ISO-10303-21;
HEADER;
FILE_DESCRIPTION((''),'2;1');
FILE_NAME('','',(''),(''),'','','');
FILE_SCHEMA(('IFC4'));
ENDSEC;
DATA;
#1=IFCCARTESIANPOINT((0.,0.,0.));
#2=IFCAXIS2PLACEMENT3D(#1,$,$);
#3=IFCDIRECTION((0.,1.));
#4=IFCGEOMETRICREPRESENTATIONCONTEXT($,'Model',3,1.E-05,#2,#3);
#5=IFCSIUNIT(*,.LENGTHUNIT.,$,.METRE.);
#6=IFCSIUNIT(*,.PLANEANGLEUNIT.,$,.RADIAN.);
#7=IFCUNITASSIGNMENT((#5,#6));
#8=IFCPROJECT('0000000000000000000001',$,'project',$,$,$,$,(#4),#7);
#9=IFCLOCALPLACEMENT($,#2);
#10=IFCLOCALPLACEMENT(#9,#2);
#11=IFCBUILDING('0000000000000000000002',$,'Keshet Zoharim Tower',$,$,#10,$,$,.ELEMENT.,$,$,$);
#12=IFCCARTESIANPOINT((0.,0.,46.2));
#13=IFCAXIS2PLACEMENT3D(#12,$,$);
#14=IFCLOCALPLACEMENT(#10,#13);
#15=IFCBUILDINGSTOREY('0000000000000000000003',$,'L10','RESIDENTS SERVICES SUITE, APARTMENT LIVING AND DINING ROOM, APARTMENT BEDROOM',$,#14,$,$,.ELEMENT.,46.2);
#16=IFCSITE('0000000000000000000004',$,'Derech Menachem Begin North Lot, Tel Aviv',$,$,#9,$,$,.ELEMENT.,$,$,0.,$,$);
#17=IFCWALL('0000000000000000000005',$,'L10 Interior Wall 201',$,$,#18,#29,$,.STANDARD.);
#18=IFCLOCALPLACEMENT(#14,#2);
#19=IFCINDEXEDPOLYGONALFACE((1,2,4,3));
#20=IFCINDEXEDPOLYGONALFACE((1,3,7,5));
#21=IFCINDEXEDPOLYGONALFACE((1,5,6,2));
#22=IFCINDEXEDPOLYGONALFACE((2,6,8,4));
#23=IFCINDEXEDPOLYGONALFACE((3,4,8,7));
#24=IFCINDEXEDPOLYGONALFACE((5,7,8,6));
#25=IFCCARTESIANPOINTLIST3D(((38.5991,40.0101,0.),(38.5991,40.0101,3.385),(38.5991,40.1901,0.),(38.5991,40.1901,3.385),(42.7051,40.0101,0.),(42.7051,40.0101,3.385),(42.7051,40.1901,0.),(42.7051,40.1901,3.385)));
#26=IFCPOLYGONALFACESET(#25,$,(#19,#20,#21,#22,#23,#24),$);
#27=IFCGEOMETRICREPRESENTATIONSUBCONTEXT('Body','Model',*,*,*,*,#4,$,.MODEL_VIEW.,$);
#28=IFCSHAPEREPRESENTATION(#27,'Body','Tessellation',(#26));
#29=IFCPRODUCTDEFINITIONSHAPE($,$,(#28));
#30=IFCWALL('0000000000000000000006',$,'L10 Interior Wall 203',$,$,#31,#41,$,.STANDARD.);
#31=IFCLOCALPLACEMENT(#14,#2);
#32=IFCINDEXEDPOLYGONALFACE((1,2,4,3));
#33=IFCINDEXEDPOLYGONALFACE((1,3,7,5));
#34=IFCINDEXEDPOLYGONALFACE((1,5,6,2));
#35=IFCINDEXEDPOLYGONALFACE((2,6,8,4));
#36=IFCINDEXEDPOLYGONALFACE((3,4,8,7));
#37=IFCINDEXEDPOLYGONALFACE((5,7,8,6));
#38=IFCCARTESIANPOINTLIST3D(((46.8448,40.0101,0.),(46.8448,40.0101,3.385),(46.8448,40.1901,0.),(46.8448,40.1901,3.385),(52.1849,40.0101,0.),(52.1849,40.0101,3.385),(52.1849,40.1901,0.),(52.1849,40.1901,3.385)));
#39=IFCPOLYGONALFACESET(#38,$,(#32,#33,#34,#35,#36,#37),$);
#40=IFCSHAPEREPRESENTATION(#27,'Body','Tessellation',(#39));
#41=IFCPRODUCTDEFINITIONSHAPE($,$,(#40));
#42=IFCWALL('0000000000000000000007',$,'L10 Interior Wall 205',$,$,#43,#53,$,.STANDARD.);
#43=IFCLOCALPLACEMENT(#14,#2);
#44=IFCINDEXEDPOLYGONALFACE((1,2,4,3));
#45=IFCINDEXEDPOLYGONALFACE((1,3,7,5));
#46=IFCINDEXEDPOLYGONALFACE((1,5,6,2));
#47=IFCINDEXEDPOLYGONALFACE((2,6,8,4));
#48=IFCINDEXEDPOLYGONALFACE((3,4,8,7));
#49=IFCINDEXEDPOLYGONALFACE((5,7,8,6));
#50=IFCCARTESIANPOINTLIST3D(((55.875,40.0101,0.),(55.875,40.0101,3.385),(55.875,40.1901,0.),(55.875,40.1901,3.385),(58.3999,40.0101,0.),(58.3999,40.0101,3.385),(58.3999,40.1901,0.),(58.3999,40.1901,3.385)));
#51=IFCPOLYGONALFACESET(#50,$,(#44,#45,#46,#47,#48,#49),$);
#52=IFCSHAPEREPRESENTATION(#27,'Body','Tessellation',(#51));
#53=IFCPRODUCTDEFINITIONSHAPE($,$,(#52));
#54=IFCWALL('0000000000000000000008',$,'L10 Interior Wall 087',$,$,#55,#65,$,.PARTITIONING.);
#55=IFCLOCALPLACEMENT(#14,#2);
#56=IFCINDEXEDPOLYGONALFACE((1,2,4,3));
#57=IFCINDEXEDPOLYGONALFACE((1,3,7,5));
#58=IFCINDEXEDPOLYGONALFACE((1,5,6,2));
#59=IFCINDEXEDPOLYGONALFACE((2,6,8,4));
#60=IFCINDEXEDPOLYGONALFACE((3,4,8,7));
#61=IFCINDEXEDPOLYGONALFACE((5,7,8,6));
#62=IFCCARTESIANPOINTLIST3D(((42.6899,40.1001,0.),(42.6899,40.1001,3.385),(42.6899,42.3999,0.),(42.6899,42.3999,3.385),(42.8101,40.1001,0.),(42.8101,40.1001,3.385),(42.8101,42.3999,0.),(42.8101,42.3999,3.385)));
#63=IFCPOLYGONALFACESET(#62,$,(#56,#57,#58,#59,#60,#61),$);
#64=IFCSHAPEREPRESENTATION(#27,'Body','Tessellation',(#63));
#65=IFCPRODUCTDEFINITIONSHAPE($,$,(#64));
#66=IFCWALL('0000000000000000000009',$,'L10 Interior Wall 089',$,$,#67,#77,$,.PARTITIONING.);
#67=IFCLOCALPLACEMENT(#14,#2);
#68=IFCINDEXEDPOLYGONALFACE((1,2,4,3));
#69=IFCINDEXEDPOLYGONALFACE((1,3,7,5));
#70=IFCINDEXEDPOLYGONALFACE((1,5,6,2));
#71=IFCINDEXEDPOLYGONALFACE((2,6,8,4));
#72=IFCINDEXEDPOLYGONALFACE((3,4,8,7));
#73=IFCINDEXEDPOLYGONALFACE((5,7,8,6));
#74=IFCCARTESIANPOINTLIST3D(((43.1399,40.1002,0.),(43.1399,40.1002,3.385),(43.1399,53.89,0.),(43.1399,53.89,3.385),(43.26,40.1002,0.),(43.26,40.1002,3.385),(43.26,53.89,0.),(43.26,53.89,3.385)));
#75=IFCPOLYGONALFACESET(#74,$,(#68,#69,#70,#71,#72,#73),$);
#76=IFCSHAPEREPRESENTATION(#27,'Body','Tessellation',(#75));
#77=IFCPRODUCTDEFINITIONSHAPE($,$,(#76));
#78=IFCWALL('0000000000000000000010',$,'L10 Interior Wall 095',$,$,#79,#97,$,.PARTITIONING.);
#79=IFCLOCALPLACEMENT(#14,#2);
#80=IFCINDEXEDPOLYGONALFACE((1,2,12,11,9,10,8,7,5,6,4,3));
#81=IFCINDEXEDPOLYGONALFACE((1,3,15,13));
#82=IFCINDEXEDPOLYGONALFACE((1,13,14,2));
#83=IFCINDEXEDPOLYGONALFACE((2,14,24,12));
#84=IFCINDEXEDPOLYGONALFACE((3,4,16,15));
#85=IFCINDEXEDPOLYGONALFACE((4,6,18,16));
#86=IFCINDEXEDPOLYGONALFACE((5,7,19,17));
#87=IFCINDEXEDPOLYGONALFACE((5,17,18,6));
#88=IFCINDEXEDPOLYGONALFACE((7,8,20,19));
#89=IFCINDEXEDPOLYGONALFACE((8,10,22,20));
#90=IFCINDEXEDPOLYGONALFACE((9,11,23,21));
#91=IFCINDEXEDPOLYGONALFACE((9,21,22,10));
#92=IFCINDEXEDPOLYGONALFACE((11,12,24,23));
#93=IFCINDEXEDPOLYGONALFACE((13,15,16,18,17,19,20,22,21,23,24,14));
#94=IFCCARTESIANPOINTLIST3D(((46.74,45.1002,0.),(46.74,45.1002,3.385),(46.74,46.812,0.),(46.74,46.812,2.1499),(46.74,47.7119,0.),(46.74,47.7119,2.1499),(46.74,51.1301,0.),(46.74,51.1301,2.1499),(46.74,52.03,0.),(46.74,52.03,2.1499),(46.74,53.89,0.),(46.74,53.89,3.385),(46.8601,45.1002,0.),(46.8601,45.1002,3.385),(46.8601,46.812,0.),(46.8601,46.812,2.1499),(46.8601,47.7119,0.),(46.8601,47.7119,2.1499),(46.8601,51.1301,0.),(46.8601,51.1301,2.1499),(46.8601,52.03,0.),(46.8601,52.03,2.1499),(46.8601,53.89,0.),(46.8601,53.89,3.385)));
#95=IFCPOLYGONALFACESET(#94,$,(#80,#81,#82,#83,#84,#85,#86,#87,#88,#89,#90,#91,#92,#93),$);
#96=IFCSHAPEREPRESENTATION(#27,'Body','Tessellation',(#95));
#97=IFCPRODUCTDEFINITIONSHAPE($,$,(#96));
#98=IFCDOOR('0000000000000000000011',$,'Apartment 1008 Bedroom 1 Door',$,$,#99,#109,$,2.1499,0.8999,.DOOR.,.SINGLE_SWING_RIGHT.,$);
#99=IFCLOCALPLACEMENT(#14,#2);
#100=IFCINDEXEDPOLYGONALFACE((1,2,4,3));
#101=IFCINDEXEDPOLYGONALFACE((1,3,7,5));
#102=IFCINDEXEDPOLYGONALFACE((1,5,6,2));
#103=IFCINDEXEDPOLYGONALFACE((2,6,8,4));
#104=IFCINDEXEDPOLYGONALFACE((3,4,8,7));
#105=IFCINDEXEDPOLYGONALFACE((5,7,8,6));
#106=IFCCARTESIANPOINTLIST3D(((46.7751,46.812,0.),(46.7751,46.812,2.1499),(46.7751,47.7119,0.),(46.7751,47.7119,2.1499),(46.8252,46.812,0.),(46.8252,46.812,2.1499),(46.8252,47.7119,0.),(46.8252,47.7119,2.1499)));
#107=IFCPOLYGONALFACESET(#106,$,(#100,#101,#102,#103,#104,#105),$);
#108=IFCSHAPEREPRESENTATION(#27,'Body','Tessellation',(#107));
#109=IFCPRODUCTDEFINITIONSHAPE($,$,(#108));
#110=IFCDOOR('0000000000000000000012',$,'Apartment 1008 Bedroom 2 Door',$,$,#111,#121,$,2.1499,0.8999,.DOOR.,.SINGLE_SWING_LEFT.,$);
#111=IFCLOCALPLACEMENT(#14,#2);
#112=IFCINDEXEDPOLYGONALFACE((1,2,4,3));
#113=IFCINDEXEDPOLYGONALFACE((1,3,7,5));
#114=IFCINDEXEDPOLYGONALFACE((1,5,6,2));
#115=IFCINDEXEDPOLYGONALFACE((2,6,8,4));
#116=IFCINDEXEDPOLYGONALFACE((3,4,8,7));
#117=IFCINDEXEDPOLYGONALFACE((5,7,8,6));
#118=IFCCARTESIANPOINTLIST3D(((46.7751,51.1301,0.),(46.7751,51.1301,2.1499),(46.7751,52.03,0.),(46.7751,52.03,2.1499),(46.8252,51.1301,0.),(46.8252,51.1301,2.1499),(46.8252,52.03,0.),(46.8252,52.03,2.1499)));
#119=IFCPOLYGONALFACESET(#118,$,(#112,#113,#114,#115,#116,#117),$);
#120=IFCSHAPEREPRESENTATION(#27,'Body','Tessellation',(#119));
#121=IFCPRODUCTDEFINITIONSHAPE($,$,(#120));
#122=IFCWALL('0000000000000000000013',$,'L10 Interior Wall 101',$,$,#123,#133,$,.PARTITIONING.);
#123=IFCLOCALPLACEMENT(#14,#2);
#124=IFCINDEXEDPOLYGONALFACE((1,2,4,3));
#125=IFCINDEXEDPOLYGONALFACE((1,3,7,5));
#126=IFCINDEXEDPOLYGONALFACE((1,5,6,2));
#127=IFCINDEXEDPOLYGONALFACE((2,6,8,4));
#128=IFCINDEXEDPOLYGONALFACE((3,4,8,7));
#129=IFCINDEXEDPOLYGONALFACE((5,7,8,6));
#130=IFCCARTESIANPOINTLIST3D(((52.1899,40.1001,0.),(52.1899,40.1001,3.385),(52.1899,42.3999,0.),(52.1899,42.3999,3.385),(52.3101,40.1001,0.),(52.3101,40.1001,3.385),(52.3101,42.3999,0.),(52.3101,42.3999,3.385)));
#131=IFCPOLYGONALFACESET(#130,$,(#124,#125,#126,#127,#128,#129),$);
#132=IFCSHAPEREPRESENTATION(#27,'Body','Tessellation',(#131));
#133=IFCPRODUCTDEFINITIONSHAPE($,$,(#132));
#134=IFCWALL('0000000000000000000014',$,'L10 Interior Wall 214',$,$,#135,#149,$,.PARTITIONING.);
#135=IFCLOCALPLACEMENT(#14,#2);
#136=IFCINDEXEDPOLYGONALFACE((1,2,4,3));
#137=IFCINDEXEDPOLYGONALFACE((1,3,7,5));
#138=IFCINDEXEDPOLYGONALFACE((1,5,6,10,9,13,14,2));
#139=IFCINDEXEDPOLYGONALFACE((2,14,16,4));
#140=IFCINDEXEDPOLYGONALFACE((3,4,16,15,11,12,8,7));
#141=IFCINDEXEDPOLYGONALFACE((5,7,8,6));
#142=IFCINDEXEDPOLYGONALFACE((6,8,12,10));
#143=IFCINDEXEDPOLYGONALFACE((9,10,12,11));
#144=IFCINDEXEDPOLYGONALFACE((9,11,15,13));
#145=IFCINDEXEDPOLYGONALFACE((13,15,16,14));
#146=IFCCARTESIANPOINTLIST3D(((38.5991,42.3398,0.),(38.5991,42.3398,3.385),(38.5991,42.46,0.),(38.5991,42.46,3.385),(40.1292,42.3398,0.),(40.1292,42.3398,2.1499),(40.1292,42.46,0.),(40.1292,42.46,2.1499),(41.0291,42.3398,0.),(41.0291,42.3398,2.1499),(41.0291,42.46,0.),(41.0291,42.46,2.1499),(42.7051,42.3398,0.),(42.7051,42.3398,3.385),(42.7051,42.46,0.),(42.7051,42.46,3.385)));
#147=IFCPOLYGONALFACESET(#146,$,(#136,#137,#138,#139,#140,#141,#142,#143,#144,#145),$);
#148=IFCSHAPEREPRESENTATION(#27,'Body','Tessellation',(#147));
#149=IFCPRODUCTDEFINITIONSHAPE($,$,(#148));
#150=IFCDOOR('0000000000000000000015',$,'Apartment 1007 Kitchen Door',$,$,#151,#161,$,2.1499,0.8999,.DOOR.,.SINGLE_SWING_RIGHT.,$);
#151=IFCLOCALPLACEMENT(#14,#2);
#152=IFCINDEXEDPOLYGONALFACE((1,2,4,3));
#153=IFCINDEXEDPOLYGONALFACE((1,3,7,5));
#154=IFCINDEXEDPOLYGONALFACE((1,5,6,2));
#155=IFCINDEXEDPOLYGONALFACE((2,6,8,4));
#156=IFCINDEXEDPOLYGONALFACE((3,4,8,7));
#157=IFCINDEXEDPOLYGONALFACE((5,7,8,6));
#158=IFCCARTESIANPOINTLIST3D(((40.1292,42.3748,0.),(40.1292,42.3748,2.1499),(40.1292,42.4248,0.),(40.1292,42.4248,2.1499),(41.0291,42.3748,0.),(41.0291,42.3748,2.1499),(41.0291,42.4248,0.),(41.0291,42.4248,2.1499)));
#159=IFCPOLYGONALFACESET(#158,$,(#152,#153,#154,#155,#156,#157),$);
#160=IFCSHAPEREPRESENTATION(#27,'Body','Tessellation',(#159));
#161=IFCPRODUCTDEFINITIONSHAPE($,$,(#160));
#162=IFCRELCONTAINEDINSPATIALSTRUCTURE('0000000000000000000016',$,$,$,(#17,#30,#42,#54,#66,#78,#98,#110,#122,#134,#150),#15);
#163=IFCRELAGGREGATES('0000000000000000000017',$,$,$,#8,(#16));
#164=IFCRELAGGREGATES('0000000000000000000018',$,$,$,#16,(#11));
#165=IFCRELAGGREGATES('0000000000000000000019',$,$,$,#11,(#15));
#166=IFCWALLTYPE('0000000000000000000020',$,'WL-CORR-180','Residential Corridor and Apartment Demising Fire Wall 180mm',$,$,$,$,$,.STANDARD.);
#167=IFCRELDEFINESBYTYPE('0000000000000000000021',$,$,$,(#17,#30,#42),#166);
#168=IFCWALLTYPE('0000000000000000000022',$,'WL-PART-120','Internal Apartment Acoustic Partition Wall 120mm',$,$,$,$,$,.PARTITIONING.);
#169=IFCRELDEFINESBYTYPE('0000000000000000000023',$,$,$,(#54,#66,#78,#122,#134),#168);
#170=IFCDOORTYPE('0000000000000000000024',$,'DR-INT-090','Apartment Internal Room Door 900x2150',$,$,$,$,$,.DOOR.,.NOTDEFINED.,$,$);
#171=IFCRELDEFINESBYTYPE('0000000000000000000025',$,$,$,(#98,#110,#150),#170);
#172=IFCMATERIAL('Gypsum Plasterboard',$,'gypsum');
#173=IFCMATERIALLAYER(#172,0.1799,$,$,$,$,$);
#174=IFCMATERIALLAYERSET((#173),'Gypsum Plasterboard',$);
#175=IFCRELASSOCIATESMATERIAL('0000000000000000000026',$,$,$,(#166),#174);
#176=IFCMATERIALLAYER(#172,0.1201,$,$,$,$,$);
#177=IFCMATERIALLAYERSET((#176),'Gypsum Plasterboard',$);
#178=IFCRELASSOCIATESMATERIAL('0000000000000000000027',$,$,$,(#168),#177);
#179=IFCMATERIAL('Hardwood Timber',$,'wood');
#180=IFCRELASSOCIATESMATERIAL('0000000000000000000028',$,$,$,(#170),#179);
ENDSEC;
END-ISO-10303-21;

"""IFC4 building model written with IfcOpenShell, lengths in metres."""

from ifc_helpers import new_model, si_unit, direction, frame, frame_2d, origin, place, context, subcontext, project, spatial, rectangle, extrude, material, layer, layer_set, type_object, element, fill, save


model = new_model("IFC4")

# Units and contexts
model_context = context("Model", 3, precision=1e-05, world=origin(), true_north=direction((0.0, 1.0)))
body_context = subcontext(model_context, "Body", "Model", "MODEL_VIEW")
ifc_project = project(units=[si_unit("LENGTHUNIT", "METRE"), si_unit("PLANEANGLEUNIT", "RADIAN")], contexts=[model_context])

# Site, building, storey
site_placement = place(None, origin())
site = spatial("IfcSite", under=ifc_project, at=site_placement, Name="Derech Menachem Begin North Lot, Tel Aviv", CompositionType="ELEMENT", RefElevation=0.0)
building_placement = place(site_placement, origin())
building = spatial("IfcBuilding", under=site, at=building_placement, Name="Keshet Zoharim Tower", CompositionType="ELEMENT")
storey_placement = place(building_placement, frame((0.0, 0.0, 46.2)))
storey = spatial("IfcBuildingStorey", under=building, at=storey_placement, Name="L10", Description="RESIDENTS SERVICES SUITE, APARTMENT LIVING AND DINING ROOM, APARTMENT BEDROOM", CompositionType="ELEMENT", Elevation=46.2)

# Wall
ifc_material_1 = material(Name="Gypsum Plasterboard", Category="gypsum")
ifc_layer_1 = layer(ifc_material_1, 0.1799)
ifc_layer_set_1 = layer_set([ifc_layer_1], Name="Gypsum Plasterboard")
wall_type_1 = type_object("IfcWallType", Name="WL-CORR-180", Description="Residential Corridor and Apartment Demising Fire Wall 180mm", PredefinedType="STANDARD", material=ifc_layer_set_1)
wall_1_placement = place(storey_placement, frame((38.5991, 40.1001, 0.0), z_axis=(0.0, 0.0, 1.0), x_axis=(1.0, 0.0, 0.0)))
element("IfcWall", 1, at=wall_1_placement, inside=storey, type_object=wall_type_1, Name="L10 Interior Wall 201", PredefinedType="STANDARD", context=body_context, shape_type="SweptSolid", body=[
    extrude(rectangle(XDim=4.106, YDim=0.1799, at=frame_2d((2.053, 0.0))), origin(), (0.0, 0.0, 1.0), 3.385),
])

# Shared definitions
ifc_material_2 = material(Name="Hardwood Timber", Category="wood")

# Wall
wall_2_placement = place(storey_placement, frame((46.845, 40.1001, 0.0), z_axis=(0.0, 0.0, 1.0), x_axis=(1.0, 0.0, 0.0)))
element("IfcWall", 2, at=wall_2_placement, inside=storey, type_object=wall_type_1, Name="L10 Interior Wall 203", PredefinedType="STANDARD", context=body_context, shape_type="SweptSolid", body=[
    extrude(rectangle(XDim=5.3401, YDim=0.1799, at=frame_2d((2.6699, 0.0))), origin(), (0.0, 0.0, 1.0), 3.385),
])

# Walls
wall_3_placement = place(storey_placement, frame((55.875, 40.1001, 0.0), z_axis=(0.0, 0.0, 1.0), x_axis=(1.0, 0.0, 0.0)))
element("IfcWall", 3, at=wall_3_placement, inside=storey, type_object=wall_type_1, Name="L10 Interior Wall 205", PredefinedType="STANDARD", context=body_context, shape_type="SweptSolid", body=[
    extrude(rectangle(XDim=2.5249, YDim=0.1799, at=frame_2d((1.2625, 0.0))), origin(), (0.0, 0.0, 1.0), 3.385),
])
ifc_layer_2 = layer(ifc_material_1, 0.1201)
ifc_layer_set_2 = layer_set([ifc_layer_2], Name="Gypsum Plasterboard")
wall_type_2 = type_object("IfcWallType", Name="WL-PART-120", Description="Internal Apartment Acoustic Partition Wall 120mm", PredefinedType="PARTITIONING", material=ifc_layer_set_2)
wall_4_placement = place(storey_placement, frame((42.75, 40.1001, 0.0), z_axis=(0.0, 0.0, 1.0), x_axis=(0.0, 1.0, 0.0)))
element("IfcWall", 4, at=wall_4_placement, inside=storey, type_object=wall_type_2, Name="L10 Interior Wall 087", PredefinedType="PARTITIONING", context=body_context, shape_type="SweptSolid", body=[
    extrude(rectangle(XDim=2.2998, YDim=0.1201, at=frame_2d((1.1499, 0.0))), origin(), (0.0, 0.0, 1.0), 3.385),
])
wall_5_placement = place(storey_placement, frame((43.2, 40.1001, 0.0), z_axis=(0.0, 0.0, 1.0), x_axis=(0.0, 1.0, 0.0)))
element("IfcWall", 5, at=wall_5_placement, inside=storey, type_object=wall_type_2, Name="L10 Interior Wall 089", PredefinedType="PARTITIONING", context=body_context, shape_type="SweptSolid", body=[
    extrude(rectangle(XDim=13.7898, YDim=0.1201, at=frame_2d((6.895, 0.0))), origin(), (0.0, 0.0, 1.0), 3.385),
])

# Shared definitions
door_type_1 = type_object("IfcDoorType", Name="DR-INT-090", Description="Apartment Internal Room Door 900x2150", OperationType="NOTDEFINED", PredefinedType="DOOR", material=ifc_material_2)

# Wall, openings, doors
wall_6_placement = place(storey_placement, frame((46.8, 45.1001, 0.0), z_axis=(0.0, 0.0, 1.0), x_axis=(0.0, 1.0, 0.0)))
wall_6 = element("IfcWall", 6, at=wall_6_placement, inside=storey, type_object=wall_type_2, Name="L10 Interior Wall 095", PredefinedType="PARTITIONING", context=body_context, shape_type="SweptSolid", body=[
    extrude(rectangle(XDim=8.7898, YDim=0.1201, at=frame_2d((4.395, 0.0))), origin(), (0.0, 0.0, 1.0), 3.385),
])
opening_1_placement = place(wall_6_placement, frame((1.7119, 0.0, 0.0)))
opening_1 = element("IfcOpeningElement", 7, at=opening_1_placement, cuts=wall_6, PredefinedType="OPENING", context=body_context, shape_type="SweptSolid", body=[
    extrude(rectangle(XDim=0.8999, YDim=2.1499, at=frame_2d((0.45, 1.075))), frame((0.0, 0.0701, 0.0), z_axis=(0.0, -1.0, 0.0), x_axis=(1.0, 0.0, 0.0)), (0.0, 0.0, 1.0), 0.1401),
])
opening_2_placement = place(wall_6_placement, frame((6.03, 0.0, 0.0)))
opening_2 = element("IfcOpeningElement", 8, at=opening_2_placement, cuts=wall_6, PredefinedType="OPENING", context=body_context, shape_type="SweptSolid", body=[
    extrude(rectangle(XDim=0.8999, YDim=2.1499, at=frame_2d((0.45, 1.075))), frame((0.0, 0.0701, 0.0), z_axis=(0.0, -1.0, 0.0), x_axis=(1.0, 0.0, 0.0)), (0.0, 0.0, 1.0), 0.1401),
])
door_1_placement = place(opening_1_placement, origin())
door_1 = element("IfcDoor", 9, at=door_1_placement, inside=storey, type_object=door_type_1, Name="Apartment 1008 Bedroom 1 Door", OperationType="SINGLE_SWING_RIGHT", OverallHeight=2.1499, OverallWidth=0.8999, PredefinedType="DOOR", context=body_context, shape_type="SweptSolid", body=[
    extrude(rectangle(XDim=0.8999, YDim=2.1499, at=frame_2d((0.45, 1.075))), frame((0.0, 0.0249, 0.0), z_axis=(0.0, -1.0, 0.0), x_axis=(1.0, 0.0, 0.0)), (0.0, 0.0, 1.0), 0.05),
])
fill(opening_1, door_1)
door_2_placement = place(opening_2_placement, origin())
door_2 = element("IfcDoor", 10, at=door_2_placement, inside=storey, type_object=door_type_1, Name="Apartment 1008 Bedroom 2 Door", OperationType="SINGLE_SWING_LEFT", OverallHeight=2.1499, OverallWidth=0.8999, PredefinedType="DOOR", context=body_context, shape_type="SweptSolid", body=[
    extrude(rectangle(XDim=0.8999, YDim=2.1499, at=frame_2d((0.45, 1.075))), frame((0.0, 0.0249, 0.0), z_axis=(0.0, -1.0, 0.0), x_axis=(1.0, 0.0, 0.0)), (0.0, 0.0, 1.0), 0.05),
])
fill(opening_2, door_2)

# Wall
wall_7_placement = place(storey_placement, frame((52.25, 40.1001, 0.0), z_axis=(0.0, 0.0, 1.0), x_axis=(0.0, 1.0, 0.0)))
element("IfcWall", 11, at=wall_7_placement, inside=storey, type_object=wall_type_2, Name="L10 Interior Wall 101", PredefinedType="PARTITIONING", context=body_context, shape_type="SweptSolid", body=[
    extrude(rectangle(XDim=2.2998, YDim=0.1201, at=frame_2d((1.1499, 0.0))), origin(), (0.0, 0.0, 1.0), 3.385),
])

# Wall, opening, door
wall_8_placement = place(storey_placement, frame((38.5991, 42.3999, 0.0), z_axis=(0.0, 0.0, 1.0), x_axis=(1.0, 0.0, 0.0)))
wall_8 = element("IfcWall", 12, at=wall_8_placement, inside=storey, type_object=wall_type_2, Name="L10 Interior Wall 214", PredefinedType="PARTITIONING", context=body_context, shape_type="SweptSolid", body=[
    extrude(rectangle(XDim=4.106, YDim=0.1201, at=frame_2d((2.053, 0.0))), origin(), (0.0, 0.0, 1.0), 3.385),
])
opening_3_placement = place(wall_8_placement, frame((1.53, 0.0, 0.0)))
opening_3 = element("IfcOpeningElement", 13, at=opening_3_placement, cuts=wall_8, PredefinedType="OPENING", context=body_context, shape_type="SweptSolid", body=[
    extrude(rectangle(XDim=0.8999, YDim=2.1499, at=frame_2d((0.45, 1.075))), frame((0.0, 0.0701, 0.0), z_axis=(0.0, -1.0, 0.0), x_axis=(1.0, 0.0, 0.0)), (0.0, 0.0, 1.0), 0.1401),
])
door_3_placement = place(opening_3_placement, origin())
door_3 = element("IfcDoor", 14, at=door_3_placement, inside=storey, type_object=door_type_1, Name="Apartment 1007 Kitchen Door", OperationType="SINGLE_SWING_RIGHT", OverallHeight=2.1499, OverallWidth=0.8999, PredefinedType="DOOR", context=body_context, shape_type="SweptSolid", body=[
    extrude(rectangle(XDim=0.8999, YDim=2.1499, at=frame_2d((0.45, 1.075))), frame((0.0, 0.0249, 0.0), z_axis=(0.0, -1.0, 0.0), x_axis=(1.0, 0.0, 0.0)), (0.0, 0.0, 1.0), 0.05),
])
fill(opening_3, door_3)

save(model, "model.ifc")
